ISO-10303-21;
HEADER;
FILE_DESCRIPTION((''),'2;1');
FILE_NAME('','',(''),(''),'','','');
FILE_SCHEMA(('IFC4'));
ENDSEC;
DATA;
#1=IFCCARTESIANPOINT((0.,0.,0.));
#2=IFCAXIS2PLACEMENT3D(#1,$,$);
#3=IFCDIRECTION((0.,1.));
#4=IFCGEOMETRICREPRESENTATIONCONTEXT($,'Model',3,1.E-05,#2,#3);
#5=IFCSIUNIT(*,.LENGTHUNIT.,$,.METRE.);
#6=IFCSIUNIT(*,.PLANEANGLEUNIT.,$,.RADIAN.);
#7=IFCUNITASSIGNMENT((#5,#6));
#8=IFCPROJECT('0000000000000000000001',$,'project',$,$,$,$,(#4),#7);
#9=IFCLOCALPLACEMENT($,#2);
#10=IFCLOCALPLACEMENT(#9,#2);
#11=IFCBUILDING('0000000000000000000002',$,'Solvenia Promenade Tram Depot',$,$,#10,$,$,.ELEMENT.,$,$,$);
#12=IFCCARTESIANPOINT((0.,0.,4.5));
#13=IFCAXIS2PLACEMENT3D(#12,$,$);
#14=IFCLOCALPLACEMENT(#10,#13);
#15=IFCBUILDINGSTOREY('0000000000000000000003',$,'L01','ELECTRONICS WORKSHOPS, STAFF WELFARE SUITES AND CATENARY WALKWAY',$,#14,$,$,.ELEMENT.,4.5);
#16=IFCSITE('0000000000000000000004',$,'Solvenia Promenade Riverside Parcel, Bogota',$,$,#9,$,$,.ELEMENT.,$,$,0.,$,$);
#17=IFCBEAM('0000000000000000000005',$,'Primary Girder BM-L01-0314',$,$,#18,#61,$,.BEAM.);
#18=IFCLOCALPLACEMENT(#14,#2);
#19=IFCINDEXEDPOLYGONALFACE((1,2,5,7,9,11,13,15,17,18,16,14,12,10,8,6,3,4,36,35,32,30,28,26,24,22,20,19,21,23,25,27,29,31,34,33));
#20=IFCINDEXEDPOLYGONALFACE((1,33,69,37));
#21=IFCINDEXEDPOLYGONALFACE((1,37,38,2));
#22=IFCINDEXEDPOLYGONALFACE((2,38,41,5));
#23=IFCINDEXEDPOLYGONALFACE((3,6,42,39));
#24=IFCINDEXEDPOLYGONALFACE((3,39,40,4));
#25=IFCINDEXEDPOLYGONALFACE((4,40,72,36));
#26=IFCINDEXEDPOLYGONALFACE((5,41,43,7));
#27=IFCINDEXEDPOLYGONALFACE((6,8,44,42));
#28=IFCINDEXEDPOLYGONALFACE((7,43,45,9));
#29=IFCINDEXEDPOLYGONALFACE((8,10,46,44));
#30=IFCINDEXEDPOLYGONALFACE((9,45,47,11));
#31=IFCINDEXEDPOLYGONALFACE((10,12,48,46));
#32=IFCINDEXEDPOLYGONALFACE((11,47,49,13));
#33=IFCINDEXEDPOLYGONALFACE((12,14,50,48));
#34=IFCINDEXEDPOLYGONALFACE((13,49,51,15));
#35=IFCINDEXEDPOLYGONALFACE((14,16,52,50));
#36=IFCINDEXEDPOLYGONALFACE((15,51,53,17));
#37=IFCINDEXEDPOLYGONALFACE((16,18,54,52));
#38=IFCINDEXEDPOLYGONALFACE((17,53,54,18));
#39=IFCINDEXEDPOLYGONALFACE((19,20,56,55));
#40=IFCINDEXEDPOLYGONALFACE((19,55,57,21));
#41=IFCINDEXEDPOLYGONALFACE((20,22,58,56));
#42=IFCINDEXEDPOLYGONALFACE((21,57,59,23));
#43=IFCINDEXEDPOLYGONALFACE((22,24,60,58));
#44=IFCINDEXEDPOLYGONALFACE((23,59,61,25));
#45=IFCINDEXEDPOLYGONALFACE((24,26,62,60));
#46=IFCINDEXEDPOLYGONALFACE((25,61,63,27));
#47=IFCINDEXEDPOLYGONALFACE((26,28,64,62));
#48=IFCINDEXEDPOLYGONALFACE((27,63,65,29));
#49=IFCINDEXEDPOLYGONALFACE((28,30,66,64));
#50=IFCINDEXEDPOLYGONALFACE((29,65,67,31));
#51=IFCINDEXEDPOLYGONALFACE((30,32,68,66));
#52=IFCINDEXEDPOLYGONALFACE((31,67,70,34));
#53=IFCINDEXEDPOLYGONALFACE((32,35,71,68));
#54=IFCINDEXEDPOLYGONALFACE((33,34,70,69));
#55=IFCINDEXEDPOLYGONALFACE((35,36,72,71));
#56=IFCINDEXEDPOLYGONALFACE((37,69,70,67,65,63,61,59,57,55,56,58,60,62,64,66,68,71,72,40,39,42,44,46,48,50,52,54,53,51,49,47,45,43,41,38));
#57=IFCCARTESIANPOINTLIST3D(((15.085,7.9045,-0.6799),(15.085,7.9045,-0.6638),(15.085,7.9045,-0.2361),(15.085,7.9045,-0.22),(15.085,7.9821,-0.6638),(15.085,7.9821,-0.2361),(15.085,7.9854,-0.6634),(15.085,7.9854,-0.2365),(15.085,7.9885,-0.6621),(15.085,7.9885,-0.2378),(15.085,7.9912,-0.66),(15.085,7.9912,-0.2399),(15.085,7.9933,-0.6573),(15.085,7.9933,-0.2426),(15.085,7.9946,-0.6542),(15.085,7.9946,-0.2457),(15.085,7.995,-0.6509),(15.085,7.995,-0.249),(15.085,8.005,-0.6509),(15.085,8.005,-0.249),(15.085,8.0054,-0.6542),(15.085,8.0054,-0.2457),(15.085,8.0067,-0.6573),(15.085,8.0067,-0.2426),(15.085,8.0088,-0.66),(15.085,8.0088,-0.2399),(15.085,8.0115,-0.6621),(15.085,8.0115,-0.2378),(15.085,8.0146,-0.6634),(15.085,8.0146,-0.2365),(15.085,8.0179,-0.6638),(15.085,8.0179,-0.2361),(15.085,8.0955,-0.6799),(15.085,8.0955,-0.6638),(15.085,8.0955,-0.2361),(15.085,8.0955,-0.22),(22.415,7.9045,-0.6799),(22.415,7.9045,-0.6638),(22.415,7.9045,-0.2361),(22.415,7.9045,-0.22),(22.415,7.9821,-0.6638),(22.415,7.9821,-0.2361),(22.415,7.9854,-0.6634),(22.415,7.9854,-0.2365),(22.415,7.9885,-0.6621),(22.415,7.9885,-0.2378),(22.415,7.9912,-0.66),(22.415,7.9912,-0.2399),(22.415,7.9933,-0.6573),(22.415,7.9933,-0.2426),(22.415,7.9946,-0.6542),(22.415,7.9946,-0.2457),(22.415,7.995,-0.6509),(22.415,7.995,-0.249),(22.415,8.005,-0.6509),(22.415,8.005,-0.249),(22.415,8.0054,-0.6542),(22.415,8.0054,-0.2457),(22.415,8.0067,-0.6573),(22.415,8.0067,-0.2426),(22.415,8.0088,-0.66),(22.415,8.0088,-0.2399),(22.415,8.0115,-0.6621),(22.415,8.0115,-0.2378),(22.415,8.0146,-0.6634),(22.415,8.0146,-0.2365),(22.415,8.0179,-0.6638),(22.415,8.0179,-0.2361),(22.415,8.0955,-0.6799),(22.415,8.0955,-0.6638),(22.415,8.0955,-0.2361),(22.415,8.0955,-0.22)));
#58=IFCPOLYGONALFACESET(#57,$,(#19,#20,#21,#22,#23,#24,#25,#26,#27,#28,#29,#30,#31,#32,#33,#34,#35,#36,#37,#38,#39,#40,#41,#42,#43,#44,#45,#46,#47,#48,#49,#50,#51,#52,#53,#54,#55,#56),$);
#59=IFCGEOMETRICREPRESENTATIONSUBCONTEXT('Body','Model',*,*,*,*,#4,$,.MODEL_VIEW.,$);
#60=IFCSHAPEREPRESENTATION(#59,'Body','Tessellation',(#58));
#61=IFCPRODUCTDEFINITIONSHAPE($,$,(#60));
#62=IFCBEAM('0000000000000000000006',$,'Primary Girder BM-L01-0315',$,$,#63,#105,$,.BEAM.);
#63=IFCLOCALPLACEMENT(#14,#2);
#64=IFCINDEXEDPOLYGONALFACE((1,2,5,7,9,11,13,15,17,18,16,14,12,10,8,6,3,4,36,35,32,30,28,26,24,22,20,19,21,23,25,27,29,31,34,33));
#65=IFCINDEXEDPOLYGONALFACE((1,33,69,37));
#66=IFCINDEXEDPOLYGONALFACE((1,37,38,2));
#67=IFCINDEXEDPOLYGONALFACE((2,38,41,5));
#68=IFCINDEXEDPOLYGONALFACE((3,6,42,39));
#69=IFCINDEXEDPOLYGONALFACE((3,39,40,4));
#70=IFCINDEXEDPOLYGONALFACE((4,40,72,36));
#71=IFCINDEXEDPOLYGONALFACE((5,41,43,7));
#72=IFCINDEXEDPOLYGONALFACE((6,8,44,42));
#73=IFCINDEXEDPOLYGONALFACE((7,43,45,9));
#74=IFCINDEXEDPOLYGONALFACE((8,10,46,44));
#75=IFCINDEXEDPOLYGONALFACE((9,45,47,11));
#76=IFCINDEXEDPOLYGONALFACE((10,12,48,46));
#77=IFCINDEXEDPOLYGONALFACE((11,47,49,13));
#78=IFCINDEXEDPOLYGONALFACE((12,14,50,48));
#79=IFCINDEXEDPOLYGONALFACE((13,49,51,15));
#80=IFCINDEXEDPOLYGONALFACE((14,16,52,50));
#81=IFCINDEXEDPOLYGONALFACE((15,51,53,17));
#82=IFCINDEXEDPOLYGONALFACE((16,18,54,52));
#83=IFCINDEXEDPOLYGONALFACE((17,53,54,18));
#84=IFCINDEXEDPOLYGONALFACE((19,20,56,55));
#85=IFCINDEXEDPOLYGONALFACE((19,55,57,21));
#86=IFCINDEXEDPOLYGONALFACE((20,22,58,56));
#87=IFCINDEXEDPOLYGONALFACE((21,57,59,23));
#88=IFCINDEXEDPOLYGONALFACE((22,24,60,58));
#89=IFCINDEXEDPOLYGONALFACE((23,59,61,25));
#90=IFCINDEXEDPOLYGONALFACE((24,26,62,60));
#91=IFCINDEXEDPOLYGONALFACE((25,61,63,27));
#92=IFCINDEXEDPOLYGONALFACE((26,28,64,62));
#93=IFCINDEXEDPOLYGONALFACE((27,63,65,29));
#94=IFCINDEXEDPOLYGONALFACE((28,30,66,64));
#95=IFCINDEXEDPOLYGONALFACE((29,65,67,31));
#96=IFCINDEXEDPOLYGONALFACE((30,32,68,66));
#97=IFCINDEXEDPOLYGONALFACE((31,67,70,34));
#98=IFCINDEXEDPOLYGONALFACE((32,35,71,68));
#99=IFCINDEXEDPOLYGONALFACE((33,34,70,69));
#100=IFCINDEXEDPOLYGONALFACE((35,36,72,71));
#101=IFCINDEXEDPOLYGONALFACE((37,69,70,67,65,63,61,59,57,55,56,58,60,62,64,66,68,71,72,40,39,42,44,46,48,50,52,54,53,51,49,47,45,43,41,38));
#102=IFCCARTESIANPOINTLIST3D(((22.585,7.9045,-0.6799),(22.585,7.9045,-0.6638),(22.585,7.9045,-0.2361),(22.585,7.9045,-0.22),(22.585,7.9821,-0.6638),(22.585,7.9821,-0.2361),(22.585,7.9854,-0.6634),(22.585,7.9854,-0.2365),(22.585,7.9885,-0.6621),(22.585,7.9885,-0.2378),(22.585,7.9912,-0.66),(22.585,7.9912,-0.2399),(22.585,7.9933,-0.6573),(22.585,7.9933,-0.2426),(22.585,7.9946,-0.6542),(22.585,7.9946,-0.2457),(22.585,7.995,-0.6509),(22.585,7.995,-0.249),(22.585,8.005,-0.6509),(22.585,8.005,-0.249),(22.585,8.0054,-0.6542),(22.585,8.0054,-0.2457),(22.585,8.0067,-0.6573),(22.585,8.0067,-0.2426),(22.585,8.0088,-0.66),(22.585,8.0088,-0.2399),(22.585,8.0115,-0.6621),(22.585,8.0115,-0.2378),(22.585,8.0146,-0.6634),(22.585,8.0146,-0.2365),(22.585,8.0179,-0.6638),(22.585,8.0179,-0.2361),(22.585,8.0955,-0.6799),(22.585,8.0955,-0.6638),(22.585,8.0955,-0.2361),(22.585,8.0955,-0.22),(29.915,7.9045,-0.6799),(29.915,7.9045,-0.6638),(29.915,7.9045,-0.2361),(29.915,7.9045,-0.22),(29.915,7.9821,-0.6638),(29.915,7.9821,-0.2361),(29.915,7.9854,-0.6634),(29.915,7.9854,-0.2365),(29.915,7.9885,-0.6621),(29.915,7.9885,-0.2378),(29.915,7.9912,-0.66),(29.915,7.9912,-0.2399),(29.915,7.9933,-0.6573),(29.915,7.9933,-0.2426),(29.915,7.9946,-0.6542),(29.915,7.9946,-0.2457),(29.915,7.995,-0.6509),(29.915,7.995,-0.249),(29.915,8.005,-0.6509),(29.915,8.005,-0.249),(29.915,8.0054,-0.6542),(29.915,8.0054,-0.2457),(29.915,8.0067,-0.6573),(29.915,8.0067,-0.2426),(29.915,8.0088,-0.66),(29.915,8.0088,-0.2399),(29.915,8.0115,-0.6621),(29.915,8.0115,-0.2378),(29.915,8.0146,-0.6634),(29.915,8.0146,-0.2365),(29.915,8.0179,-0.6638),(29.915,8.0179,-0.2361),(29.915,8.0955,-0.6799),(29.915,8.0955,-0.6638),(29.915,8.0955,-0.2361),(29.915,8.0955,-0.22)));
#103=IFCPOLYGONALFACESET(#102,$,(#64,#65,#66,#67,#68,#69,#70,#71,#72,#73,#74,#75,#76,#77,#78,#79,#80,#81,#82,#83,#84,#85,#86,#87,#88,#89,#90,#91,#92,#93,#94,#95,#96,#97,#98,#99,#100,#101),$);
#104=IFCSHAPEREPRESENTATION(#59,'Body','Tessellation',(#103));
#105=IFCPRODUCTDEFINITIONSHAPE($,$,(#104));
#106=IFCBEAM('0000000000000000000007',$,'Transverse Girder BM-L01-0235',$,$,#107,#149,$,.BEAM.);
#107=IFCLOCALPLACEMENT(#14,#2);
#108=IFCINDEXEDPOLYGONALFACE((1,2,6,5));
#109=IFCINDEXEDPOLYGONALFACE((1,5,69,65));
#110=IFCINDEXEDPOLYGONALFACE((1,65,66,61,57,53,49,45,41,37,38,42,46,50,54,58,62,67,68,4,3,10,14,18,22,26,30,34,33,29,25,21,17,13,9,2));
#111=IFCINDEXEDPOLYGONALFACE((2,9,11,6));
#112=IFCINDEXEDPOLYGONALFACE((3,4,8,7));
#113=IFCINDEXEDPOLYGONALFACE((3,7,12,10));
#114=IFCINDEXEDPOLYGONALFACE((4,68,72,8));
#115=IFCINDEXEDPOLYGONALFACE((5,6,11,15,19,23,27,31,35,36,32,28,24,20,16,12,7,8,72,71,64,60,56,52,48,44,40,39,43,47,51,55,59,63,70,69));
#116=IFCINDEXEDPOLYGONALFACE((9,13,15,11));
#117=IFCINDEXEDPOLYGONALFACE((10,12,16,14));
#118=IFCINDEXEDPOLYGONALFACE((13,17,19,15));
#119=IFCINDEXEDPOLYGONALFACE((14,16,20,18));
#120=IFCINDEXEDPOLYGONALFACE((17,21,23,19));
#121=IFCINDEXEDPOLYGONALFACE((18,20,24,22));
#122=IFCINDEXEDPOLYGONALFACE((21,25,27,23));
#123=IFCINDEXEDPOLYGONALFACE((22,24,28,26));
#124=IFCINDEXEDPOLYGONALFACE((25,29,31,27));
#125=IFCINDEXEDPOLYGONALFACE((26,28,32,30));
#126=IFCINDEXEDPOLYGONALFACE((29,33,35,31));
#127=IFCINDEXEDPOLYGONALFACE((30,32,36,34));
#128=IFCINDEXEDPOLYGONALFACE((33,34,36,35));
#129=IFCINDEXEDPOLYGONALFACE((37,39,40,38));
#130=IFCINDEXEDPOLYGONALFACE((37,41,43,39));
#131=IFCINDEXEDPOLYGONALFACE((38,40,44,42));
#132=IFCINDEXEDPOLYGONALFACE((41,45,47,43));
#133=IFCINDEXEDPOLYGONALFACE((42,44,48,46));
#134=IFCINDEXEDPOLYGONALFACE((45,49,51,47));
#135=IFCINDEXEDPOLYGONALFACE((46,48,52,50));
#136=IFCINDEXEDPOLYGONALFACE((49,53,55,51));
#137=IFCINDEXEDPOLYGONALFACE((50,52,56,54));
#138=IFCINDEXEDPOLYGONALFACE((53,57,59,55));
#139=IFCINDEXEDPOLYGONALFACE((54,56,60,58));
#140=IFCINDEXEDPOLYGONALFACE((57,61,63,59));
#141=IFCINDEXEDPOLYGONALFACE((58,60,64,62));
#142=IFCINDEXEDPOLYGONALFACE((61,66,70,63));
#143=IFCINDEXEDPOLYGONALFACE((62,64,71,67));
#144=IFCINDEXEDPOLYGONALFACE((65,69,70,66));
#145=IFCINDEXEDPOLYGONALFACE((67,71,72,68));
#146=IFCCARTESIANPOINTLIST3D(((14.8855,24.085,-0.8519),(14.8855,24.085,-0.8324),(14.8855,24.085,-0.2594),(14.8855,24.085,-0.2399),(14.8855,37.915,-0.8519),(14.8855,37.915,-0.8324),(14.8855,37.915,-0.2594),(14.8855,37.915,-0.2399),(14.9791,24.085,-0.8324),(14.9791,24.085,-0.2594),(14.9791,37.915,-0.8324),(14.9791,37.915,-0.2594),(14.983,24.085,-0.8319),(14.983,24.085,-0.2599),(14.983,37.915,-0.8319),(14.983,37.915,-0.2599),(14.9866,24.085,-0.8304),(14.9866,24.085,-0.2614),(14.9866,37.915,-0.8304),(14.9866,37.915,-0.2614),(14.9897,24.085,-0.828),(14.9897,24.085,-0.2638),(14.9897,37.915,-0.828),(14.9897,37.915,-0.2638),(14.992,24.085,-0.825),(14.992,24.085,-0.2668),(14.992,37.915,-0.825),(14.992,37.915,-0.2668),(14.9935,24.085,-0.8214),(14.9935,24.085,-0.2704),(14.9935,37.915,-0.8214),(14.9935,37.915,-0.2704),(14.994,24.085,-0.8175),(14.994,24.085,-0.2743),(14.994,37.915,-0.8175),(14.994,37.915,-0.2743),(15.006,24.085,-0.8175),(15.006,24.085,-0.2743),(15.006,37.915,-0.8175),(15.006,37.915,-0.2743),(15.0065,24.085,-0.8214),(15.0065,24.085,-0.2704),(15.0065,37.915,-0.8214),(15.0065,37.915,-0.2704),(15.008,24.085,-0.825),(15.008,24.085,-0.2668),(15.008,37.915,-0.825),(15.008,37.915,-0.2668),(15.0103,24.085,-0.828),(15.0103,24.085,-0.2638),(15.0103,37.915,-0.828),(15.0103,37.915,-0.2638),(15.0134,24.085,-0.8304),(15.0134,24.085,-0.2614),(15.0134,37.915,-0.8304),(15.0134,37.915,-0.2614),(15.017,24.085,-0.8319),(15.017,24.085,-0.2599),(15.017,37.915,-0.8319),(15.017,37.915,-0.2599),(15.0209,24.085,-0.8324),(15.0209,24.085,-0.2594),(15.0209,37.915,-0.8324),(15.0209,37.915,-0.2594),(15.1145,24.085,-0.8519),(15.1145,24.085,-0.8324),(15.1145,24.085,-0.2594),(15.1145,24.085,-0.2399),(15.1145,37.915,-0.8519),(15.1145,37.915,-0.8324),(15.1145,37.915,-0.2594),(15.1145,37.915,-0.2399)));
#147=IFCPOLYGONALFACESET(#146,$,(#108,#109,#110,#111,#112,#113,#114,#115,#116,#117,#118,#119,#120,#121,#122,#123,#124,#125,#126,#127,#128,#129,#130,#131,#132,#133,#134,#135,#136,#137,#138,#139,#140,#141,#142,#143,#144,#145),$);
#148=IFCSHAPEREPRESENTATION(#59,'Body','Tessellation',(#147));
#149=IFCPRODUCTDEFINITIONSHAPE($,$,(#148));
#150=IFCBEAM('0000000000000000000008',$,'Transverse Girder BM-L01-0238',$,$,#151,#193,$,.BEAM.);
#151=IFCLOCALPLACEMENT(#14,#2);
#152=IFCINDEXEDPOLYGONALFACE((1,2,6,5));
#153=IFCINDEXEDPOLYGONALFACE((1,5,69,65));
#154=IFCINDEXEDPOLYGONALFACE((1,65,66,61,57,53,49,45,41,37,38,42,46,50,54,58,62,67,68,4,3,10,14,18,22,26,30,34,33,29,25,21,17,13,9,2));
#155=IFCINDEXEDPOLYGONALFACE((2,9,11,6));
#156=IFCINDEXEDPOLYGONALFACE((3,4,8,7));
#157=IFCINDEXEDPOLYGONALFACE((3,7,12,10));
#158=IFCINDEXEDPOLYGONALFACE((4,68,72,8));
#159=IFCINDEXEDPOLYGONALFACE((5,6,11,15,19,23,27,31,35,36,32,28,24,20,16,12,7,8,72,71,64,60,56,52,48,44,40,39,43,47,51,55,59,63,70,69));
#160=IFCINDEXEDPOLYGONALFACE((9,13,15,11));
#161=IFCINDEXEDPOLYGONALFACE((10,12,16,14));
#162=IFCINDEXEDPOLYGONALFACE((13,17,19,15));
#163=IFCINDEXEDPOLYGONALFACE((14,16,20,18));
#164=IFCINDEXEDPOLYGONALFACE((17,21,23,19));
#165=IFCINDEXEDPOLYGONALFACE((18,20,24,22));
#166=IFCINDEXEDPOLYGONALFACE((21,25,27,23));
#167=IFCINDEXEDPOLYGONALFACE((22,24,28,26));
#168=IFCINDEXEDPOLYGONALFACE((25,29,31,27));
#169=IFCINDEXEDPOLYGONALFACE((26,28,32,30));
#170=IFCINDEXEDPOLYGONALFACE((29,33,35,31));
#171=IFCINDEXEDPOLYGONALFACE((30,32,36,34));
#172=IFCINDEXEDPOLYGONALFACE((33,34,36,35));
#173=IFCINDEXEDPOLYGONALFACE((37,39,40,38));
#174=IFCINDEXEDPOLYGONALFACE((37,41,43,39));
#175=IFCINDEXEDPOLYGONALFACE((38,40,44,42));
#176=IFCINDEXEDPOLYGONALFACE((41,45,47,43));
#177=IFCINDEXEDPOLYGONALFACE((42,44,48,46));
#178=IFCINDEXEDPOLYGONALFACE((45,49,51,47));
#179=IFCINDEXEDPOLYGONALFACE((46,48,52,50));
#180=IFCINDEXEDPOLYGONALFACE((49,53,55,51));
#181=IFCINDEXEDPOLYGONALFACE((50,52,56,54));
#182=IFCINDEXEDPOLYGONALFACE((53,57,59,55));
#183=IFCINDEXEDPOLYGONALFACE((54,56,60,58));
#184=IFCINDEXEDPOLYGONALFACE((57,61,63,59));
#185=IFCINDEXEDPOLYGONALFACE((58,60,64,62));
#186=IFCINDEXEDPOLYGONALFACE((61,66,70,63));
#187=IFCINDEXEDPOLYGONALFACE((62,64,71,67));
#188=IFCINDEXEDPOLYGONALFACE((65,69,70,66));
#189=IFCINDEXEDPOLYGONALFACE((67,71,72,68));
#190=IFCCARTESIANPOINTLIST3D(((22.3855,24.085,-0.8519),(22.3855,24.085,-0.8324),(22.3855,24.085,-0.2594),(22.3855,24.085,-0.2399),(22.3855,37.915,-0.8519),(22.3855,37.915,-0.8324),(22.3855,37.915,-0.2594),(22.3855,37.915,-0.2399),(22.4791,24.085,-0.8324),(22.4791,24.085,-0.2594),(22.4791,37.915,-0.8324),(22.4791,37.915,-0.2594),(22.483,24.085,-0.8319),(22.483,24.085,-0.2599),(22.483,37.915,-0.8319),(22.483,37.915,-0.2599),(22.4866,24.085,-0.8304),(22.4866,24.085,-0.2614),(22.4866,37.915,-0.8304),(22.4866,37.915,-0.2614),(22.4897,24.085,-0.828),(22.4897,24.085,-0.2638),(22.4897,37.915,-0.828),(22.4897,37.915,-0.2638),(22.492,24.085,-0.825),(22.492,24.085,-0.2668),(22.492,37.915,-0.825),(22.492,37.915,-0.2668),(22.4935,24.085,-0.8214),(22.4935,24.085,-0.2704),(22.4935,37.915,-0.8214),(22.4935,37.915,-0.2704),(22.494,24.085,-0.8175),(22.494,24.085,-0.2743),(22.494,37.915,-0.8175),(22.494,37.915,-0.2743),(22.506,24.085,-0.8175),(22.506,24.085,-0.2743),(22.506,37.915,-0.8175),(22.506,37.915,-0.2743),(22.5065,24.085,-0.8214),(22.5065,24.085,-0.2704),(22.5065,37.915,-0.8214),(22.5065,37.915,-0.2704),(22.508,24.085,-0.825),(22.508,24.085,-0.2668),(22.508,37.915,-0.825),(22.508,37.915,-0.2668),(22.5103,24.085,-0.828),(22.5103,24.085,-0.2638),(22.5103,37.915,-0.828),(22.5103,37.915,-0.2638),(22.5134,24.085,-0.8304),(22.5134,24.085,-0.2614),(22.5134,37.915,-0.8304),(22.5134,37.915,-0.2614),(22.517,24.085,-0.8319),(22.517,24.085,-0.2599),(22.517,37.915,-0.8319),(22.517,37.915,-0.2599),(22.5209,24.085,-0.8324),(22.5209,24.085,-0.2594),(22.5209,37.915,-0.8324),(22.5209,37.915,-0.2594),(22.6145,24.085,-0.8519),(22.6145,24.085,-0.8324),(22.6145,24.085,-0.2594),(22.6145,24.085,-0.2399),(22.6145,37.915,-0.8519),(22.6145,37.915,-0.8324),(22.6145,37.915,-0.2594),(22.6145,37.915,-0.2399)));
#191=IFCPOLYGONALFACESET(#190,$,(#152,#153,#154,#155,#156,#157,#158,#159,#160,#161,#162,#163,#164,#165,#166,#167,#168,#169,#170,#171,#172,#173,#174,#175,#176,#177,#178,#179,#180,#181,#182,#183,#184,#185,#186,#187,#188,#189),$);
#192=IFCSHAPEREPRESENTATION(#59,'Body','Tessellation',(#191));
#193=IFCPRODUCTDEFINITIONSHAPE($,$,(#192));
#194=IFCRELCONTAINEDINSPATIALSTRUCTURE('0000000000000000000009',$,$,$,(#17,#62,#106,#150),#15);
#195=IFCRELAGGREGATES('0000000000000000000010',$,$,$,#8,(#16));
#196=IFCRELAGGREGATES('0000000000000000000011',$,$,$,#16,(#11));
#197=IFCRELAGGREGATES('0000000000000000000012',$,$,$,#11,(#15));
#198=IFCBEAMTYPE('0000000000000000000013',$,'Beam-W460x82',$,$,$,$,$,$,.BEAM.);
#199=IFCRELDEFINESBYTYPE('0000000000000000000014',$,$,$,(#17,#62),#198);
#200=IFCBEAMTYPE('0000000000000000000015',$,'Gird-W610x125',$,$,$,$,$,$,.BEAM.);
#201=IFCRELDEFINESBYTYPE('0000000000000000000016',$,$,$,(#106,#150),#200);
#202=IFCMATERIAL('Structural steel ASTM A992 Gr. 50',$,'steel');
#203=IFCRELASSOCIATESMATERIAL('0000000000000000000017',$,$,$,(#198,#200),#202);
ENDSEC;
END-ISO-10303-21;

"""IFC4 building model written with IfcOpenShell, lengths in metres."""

from ifc_helpers import new_model, si_unit, direction, frame, origin, origin_2d, place, context, subcontext, project, spatial, i_section, extrude, material, material_profile, profile_set, type_object, element, save


model = new_model("IFC4")

# Units and contexts
model_context = context("Model", 3, precision=1e-05, world=origin(), true_north=direction((0.0, 1.0)))
body_context = subcontext(model_context, "Body", "Model", "MODEL_VIEW")
ifc_project = project(units=[si_unit("LENGTHUNIT", "METRE"), si_unit("PLANEANGLEUNIT", "RADIAN")], contexts=[model_context])

# Site, building, storey
site_placement = place(None, origin())
site = spatial("IfcSite", under=ifc_project, at=site_placement, Name="Solvenia Promenade Riverside Parcel, Bogota", CompositionType="ELEMENT", RefElevation=0.0)
building_placement = place(site_placement, origin())
building = spatial("IfcBuilding", under=site, at=building_placement, Name="Solvenia Promenade Tram Depot", CompositionType="ELEMENT")
storey_placement = place(building_placement, frame((0.0, 0.0, 4.5)))
storey = spatial("IfcBuildingStorey", under=building, at=storey_placement, Name="L01", Description="ELECTRONICS WORKSHOPS, STAFF WELFARE SUITES AND CATENARY WALKWAY", CompositionType="ELEMENT", Elevation=4.5)

# Shared definitions
ifc_material_1 = material(Name="Structural steel ASTM A992 Gr. 50", Category="steel")

# Beams
ifc_material_profile_1 = material_profile(ifc_material_1, i_section(OverallWidth=0.1909, OverallDepth=0.46, WebThickness=0.01, FlangeThickness=0.0161, FilletRadius=0.0129, at=origin_2d()), Name="W460x82", Category="steel")
ifc_profile_set_1 = profile_set([ifc_material_profile_1], Name="Structural steel ASTM A992 Gr. 50")
beam_type_1 = type_object("IfcBeamType", Name="Beam-W460x82", PredefinedType="BEAM", material=ifc_profile_set_1)
for number, where, z_axis, x_axis, name in (
    (1, (15.085, 8.0, -0.45), (1.0, 0.0, 0.0), (0.0, 1.0, 0.0), "Primary Girder BM-L01-0314"),
    (2, (22.585, 8.0, -0.45), (1.0, 0.0, 0.0), (0.0, 1.0, 0.0), "Primary Girder BM-L01-0315"),
):
    element("IfcBeam", number, at=place(storey_placement, frame(where, z_axis=z_axis, x_axis=x_axis)), inside=storey, type_object=beam_type_1, Name=name, PredefinedType="BEAM", context=body_context, shape_type="SweptSolid", body=[
        extrude(i_section(OverallWidth=0.1909, OverallDepth=0.46, WebThickness=0.01, FlangeThickness=0.0161, FilletRadius=0.0129, at=origin_2d()), origin(), (0.0, 0.0, 1.0), 7.3301),
    ])
ifc_material_profile_2 = material_profile(ifc_material_1, i_section(OverallWidth=0.229, OverallDepth=0.6121, WebThickness=0.012, FlangeThickness=0.0195, FilletRadius=0.0149, at=origin_2d()), Name="W610x125", Category="steel")
ifc_profile_set_2 = profile_set([ifc_material_profile_2], Name="Structural steel ASTM A992 Gr. 50")
beam_type_2 = type_object("IfcBeamType", Name="Gird-W610x125", PredefinedType="BEAM", material=ifc_profile_set_2)
for number, where, z_axis, x_axis, name in (
    (3, (15.0, 24.085, -0.5459), (0.0, 1.0, 0.0), (-1.0, 0.0, 0.0), "Transverse Girder BM-L01-0235"),
    (4, (22.5, 24.085, -0.5459), (0.0, 1.0, 0.0), (-1.0, 0.0, 0.0), "Transverse Girder BM-L01-0238"),
):
    element("IfcBeam", number, at=place(storey_placement, frame(where, z_axis=z_axis, x_axis=x_axis)), inside=storey, type_object=beam_type_2, Name=name, PredefinedType="BEAM", context=body_context, shape_type="SweptSolid", body=[
        extrude(i_section(OverallWidth=0.229, OverallDepth=0.6121, WebThickness=0.012, FlangeThickness=0.0195, FilletRadius=0.0149, at=origin_2d()), origin(), (0.0, 0.0, 1.0), 13.8301),
    ])

save(model, "model.ifc")
